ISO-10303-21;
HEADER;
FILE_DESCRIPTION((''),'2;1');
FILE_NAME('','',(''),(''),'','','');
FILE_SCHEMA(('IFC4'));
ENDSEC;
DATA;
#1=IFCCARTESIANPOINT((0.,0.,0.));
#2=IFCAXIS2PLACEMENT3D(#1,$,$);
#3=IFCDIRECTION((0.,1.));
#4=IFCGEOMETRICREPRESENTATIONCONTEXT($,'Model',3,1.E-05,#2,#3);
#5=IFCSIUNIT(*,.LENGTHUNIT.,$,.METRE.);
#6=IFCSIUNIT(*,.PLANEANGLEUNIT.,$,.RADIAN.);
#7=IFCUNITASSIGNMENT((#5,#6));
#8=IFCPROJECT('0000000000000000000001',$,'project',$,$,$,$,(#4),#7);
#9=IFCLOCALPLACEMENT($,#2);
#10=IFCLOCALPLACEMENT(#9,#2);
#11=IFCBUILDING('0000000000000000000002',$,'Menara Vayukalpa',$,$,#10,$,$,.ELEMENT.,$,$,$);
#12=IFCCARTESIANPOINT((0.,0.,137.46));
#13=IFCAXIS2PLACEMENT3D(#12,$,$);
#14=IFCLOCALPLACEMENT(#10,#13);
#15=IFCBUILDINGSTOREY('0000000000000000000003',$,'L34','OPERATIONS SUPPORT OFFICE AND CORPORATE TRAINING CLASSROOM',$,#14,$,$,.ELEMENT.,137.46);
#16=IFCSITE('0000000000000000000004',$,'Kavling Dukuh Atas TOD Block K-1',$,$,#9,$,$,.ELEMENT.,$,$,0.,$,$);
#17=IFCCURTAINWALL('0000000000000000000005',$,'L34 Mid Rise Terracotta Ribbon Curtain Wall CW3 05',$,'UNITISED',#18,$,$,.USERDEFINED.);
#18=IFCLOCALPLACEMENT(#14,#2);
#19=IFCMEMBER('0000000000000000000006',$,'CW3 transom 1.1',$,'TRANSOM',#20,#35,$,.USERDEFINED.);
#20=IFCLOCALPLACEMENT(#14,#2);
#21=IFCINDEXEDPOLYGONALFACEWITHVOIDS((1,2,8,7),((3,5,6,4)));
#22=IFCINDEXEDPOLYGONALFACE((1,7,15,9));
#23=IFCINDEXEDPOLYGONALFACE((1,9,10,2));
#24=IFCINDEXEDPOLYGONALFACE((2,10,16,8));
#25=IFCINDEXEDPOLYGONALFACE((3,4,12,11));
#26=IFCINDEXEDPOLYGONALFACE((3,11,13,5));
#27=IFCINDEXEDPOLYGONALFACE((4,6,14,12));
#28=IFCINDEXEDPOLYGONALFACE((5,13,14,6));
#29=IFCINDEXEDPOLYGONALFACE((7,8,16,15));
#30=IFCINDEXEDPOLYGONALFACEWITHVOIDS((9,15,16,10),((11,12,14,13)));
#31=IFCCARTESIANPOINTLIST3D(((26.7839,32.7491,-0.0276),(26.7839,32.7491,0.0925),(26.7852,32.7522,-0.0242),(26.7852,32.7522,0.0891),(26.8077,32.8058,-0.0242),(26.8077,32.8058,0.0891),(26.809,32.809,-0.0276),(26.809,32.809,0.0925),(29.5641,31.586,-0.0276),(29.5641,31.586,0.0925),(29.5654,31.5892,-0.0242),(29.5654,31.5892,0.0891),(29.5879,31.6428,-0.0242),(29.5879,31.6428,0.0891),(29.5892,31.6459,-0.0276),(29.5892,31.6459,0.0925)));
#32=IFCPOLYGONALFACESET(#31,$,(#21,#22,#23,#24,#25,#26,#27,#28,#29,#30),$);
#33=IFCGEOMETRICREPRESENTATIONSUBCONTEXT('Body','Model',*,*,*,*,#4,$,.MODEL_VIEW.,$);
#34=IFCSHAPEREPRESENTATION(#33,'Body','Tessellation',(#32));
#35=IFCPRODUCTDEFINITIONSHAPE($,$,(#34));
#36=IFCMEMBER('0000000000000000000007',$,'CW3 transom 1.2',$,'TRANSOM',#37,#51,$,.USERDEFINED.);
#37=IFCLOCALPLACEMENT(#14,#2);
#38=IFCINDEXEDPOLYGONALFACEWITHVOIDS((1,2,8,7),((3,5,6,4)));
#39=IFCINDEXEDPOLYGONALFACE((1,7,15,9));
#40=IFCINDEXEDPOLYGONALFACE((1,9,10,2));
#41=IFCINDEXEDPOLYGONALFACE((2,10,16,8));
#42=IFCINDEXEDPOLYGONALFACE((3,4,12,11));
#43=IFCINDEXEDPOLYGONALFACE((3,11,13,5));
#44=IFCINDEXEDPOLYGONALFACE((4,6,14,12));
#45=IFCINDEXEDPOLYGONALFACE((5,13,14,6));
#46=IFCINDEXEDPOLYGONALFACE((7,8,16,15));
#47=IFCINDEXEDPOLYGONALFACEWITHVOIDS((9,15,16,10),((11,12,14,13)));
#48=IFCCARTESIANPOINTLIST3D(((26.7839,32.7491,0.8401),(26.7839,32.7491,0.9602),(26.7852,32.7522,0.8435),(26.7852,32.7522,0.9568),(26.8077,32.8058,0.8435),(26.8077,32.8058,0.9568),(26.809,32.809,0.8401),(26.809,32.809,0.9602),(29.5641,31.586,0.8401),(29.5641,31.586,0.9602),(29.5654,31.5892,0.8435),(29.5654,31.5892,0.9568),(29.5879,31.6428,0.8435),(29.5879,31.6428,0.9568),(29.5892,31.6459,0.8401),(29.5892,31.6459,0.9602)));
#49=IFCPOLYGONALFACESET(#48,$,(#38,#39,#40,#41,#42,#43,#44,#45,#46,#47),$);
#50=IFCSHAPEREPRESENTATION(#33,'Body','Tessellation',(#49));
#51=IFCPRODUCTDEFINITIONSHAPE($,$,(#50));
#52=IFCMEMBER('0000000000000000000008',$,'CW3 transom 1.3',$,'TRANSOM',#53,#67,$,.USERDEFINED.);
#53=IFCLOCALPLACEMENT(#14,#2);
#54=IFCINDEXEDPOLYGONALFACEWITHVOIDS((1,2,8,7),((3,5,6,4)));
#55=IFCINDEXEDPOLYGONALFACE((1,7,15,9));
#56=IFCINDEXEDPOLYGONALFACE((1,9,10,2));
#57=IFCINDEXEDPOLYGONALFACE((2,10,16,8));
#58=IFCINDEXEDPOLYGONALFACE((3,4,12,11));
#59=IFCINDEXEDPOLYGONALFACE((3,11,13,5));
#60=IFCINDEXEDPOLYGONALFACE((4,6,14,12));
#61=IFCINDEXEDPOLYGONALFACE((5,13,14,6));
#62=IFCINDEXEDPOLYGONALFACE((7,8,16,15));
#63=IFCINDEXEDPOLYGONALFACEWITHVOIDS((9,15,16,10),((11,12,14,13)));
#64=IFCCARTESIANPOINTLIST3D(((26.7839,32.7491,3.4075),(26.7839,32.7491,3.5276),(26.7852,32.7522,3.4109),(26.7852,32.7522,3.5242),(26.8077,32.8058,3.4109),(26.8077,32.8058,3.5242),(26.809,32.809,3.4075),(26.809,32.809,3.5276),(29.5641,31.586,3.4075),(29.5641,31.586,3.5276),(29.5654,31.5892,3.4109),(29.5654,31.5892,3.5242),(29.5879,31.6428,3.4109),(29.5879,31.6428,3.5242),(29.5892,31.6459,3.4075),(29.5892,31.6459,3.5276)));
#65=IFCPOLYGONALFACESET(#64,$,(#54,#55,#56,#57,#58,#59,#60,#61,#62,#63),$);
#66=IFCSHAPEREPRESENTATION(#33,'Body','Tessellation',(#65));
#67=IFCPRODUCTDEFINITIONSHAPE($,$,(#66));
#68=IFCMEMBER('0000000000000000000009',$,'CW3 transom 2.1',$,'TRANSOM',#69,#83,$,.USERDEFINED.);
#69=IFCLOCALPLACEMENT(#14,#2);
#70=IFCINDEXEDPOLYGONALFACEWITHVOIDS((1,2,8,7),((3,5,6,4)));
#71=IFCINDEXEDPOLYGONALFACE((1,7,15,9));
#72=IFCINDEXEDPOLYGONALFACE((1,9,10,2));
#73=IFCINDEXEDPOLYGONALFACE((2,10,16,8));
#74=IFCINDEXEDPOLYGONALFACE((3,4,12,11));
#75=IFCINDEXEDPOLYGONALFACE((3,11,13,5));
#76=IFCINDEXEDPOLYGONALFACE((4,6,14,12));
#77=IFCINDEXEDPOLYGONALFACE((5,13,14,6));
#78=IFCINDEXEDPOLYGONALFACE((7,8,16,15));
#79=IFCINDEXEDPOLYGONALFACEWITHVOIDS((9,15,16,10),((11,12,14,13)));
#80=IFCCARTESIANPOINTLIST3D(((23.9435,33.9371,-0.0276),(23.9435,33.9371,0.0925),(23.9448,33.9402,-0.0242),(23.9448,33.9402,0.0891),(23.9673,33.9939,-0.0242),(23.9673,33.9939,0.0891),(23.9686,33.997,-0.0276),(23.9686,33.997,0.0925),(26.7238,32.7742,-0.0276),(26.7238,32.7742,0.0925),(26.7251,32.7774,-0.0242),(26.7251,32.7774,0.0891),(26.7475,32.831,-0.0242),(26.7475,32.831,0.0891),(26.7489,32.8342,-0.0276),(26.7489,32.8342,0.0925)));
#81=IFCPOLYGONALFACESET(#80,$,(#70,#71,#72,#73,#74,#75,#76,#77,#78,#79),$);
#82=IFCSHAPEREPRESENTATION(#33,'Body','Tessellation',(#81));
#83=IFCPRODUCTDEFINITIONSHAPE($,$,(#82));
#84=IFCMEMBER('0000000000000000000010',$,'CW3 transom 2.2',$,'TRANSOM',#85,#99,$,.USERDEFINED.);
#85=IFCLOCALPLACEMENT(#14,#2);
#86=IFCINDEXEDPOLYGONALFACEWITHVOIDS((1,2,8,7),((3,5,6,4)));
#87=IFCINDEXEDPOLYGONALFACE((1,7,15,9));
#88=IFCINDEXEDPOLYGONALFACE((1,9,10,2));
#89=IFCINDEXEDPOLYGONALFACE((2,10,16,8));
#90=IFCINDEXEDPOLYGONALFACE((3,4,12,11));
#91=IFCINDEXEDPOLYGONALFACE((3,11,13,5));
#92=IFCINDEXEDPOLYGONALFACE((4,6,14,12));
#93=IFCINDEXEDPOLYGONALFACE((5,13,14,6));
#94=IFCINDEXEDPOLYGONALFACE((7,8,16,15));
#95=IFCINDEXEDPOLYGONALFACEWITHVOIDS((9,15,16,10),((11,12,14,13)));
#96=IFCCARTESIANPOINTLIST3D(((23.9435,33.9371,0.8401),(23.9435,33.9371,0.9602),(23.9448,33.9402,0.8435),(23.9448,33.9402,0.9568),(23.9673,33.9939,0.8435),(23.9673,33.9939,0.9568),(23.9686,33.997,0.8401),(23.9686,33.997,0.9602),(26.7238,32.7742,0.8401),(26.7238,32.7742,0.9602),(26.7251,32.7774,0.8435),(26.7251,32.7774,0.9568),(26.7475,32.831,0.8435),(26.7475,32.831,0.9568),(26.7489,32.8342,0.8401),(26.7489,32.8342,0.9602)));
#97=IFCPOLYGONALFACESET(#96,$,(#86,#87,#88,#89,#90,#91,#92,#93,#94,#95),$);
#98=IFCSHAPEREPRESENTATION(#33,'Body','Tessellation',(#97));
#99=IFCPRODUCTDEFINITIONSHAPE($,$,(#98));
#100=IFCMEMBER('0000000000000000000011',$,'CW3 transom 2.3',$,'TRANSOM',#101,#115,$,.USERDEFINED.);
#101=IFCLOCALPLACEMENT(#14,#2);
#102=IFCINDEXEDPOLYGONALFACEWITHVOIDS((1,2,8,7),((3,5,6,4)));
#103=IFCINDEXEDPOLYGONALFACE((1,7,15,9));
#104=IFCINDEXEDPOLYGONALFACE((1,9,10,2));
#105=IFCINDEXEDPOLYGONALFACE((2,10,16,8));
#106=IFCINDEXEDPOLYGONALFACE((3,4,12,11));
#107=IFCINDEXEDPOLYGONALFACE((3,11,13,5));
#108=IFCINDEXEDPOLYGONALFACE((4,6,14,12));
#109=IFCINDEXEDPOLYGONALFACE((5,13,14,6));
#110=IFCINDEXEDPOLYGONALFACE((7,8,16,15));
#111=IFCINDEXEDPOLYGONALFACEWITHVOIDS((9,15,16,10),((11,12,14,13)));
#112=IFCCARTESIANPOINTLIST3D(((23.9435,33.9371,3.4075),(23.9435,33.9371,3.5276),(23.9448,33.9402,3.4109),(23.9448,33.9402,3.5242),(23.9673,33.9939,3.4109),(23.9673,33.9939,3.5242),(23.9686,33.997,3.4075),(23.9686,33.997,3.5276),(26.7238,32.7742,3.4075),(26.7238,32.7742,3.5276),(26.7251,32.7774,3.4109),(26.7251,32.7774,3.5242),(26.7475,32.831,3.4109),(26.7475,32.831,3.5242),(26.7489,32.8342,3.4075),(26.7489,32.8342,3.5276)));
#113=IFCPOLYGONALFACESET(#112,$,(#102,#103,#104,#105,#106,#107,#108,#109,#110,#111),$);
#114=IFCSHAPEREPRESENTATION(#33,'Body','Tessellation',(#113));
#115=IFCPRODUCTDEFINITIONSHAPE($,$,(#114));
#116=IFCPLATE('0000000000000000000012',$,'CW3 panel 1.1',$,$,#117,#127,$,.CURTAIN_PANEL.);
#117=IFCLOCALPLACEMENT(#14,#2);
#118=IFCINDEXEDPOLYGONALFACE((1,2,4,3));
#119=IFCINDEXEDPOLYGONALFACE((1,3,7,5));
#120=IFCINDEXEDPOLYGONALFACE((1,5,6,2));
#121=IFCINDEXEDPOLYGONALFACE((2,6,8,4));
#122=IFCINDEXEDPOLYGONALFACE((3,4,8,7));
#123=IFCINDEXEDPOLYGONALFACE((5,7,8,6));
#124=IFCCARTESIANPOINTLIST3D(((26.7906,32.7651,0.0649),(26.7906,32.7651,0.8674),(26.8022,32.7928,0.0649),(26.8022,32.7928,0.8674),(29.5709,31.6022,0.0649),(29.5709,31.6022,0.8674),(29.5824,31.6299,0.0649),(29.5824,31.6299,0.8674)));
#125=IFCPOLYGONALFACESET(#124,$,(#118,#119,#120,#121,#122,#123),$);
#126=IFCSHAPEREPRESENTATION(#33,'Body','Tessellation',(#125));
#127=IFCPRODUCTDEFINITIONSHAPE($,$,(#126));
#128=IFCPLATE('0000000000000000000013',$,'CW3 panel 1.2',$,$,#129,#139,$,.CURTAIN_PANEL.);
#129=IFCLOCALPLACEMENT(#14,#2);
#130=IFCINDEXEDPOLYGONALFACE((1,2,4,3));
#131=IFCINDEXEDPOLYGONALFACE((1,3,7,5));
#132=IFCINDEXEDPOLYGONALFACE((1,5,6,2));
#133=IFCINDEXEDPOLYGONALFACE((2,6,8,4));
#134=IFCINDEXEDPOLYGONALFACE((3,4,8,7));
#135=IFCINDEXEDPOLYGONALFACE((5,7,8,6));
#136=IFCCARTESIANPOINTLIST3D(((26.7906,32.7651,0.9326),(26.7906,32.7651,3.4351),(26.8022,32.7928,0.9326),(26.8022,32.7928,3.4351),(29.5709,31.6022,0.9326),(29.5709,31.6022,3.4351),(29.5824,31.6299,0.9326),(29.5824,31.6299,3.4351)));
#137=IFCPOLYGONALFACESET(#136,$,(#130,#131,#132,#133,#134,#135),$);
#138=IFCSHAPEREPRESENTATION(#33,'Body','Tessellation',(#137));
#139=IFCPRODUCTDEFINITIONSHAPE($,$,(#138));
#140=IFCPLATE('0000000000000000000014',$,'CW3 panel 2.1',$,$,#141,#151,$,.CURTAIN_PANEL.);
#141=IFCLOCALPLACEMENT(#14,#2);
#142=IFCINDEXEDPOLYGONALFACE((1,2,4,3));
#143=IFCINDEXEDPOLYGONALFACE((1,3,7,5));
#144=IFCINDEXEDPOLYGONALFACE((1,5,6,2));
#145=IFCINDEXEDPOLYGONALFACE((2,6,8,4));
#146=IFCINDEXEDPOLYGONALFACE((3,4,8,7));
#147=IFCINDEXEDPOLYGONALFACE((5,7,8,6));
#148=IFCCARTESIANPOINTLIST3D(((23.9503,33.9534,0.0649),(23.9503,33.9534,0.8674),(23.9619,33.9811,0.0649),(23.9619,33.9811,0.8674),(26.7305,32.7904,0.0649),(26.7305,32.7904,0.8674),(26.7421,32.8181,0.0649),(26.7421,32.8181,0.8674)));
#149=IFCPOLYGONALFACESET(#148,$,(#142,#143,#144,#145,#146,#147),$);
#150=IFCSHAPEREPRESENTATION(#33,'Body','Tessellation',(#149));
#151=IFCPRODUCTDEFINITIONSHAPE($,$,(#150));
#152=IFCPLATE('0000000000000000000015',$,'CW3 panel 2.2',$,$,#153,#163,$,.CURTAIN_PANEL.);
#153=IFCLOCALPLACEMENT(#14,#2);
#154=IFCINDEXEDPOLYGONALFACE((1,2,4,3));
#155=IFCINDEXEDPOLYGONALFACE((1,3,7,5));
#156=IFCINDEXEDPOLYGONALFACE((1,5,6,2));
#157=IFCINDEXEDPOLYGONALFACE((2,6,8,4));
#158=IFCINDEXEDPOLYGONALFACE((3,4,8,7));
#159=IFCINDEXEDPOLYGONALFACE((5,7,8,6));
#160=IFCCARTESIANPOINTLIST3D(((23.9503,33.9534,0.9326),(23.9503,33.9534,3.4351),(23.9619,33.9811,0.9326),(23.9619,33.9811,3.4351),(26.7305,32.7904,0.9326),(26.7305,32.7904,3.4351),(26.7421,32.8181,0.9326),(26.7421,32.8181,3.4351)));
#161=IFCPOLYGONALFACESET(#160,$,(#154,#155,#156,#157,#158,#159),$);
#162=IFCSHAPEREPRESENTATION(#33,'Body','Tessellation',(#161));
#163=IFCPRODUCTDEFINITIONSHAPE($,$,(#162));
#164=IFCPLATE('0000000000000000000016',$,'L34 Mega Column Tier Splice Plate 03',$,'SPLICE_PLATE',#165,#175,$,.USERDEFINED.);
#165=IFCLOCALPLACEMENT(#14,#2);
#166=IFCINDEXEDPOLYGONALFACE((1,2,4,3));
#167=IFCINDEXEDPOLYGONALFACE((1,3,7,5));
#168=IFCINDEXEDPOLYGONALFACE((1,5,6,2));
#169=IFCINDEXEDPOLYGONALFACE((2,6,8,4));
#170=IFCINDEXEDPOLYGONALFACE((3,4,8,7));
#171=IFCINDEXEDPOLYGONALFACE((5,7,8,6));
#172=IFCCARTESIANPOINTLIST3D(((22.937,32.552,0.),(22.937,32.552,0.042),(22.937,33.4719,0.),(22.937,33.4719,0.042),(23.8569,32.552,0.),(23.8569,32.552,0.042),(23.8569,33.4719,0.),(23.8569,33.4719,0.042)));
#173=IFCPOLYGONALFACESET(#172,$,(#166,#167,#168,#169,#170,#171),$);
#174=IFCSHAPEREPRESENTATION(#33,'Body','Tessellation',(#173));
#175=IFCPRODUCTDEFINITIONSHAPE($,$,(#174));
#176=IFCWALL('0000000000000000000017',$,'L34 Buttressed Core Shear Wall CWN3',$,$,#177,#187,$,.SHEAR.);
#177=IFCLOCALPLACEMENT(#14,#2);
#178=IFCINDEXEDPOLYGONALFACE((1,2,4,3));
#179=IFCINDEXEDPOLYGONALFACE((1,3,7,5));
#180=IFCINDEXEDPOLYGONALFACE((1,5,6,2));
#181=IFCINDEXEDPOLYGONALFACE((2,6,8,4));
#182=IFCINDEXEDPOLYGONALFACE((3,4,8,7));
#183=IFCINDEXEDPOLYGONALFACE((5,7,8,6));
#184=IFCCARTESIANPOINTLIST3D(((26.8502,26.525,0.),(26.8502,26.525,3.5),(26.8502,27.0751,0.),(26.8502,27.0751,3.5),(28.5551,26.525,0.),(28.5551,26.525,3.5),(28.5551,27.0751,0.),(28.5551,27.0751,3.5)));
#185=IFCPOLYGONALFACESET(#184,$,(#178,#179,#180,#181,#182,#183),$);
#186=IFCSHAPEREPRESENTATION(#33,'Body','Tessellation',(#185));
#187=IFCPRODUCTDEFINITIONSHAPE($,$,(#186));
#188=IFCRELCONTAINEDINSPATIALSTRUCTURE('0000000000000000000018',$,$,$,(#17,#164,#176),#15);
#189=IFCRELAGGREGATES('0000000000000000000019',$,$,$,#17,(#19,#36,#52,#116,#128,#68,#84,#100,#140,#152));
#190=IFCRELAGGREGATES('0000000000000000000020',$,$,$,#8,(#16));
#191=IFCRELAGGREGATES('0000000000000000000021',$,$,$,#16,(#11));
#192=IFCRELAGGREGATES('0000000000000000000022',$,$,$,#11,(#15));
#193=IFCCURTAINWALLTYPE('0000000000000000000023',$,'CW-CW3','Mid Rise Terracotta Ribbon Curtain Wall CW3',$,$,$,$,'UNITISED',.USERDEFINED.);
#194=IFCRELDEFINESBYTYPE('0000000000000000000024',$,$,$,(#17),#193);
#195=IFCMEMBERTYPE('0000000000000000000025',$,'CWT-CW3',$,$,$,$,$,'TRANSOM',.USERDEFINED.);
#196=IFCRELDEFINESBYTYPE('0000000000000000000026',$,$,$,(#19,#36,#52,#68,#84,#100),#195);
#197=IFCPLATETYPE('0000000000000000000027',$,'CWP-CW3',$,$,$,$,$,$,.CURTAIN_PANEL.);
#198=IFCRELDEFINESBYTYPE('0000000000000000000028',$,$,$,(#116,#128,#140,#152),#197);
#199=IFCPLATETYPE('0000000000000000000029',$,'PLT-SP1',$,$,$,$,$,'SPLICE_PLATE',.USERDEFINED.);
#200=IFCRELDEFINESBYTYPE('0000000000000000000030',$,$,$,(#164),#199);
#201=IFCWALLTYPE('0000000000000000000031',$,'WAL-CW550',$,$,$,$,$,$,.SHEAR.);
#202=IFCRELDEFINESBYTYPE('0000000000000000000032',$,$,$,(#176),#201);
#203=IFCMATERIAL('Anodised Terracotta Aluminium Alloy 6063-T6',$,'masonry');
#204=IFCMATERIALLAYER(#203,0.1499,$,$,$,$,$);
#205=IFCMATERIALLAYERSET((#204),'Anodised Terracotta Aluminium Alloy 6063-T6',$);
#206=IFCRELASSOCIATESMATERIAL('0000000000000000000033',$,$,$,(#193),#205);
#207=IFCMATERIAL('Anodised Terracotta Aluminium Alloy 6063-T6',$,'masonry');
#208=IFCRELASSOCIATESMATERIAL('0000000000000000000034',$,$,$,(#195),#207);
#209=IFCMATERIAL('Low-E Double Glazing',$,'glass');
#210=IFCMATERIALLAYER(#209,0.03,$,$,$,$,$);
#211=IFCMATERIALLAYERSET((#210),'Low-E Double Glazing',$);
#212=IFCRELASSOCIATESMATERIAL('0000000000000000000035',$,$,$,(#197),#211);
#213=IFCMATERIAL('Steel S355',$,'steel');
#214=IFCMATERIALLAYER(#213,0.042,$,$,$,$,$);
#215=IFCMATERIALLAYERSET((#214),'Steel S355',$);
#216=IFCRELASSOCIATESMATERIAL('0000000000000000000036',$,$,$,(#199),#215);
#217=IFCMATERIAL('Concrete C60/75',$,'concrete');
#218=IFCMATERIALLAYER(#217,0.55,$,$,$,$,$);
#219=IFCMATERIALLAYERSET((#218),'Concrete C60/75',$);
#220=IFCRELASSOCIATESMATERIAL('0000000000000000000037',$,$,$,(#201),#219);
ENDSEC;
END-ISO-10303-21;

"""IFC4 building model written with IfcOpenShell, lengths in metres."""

from ifc_helpers import new_model, si_unit, direction, frame, frame_2d, origin, origin_2d, place, context, subcontext, project, spatial, rectangle, hollow_rectangle, extrude, material, layer, layer_set, material_profile, profile_set, type_object, element, aggregate, save


model = new_model("IFC4")

# Units and contexts
model_context = context("Model", 3, precision=1e-05, world=origin(), true_north=direction((0.0, 1.0)))
body_context = subcontext(model_context, "Body", "Model", "MODEL_VIEW")
ifc_project = project(units=[si_unit("LENGTHUNIT", "METRE"), si_unit("PLANEANGLEUNIT", "RADIAN")], contexts=[model_context])

# Site, building, storey
site_placement = place(None, origin())
site = spatial("IfcSite", under=ifc_project, at=site_placement, Name="Kavling Dukuh Atas TOD Block K-1", CompositionType="ELEMENT", RefElevation=0.0)
building_placement = place(site_placement, origin())
building = spatial("IfcBuilding", under=site, at=building_placement, Name="Menara Vayukalpa", CompositionType="ELEMENT")
storey_placement = place(building_placement, frame((0.0, 0.0, 137.46)))
storey = spatial("IfcBuildingStorey", under=building, at=storey_placement, Name="L34", Description="OPERATIONS SUPPORT OFFICE AND CORPORATE TRAINING CLASSROOM", CompositionType="ELEMENT", Elevation=137.46)

# Shared definitions
ifc_material_1 = material(Name="Anodised Terracotta Aluminium Alloy 6063-T6", Category="masonry")
ifc_layer_1 = layer(ifc_material_1, 0.1499)
ifc_layer_set_1 = layer_set([ifc_layer_1], Name="Anodised Terracotta Aluminium Alloy 6063-T6")
curtain_wall_type = type_object("IfcCurtainWallType", Name="CW-CW3", Description="Mid Rise Terracotta Ribbon Curtain Wall CW3", ElementType="UNITISED", PredefinedType="USERDEFINED", material=ifc_layer_set_1)

# Curtain wall, members, plates
curtain_wall_1_placement = place(storey_placement, origin())
curtain_wall_1 = element("IfcCurtainWall", 1, at=curtain_wall_1_placement, inside=storey, type_object=curtain_wall_type, Name="L34 Mid Rise Terracotta Ribbon Curtain Wall CW3 05", ObjectType="UNITISED", PredefinedType="USERDEFINED")
ifc_material_2 = material(Name="Anodised Terracotta Aluminium Alloy 6063-T6", Category="masonry")
ifc_material_profile_1 = material_profile(ifc_material_2, hollow_rectangle(XDim=0.0649, YDim=0.1201, WallThickness=0.0034, at=origin_2d()), Name="ALU 65x120x3.5")
ifc_profile_set_1 = profile_set([ifc_material_profile_1], Name="Anodised Terracotta Aluminium Alloy 6063-T6")
member_type_1 = type_object("IfcMemberType", Name="CWT-CW3", ElementType="TRANSOM", PredefinedType="USERDEFINED", material=ifc_profile_set_1)
member_1_placement = place(storey_placement, frame((29.5767, 31.616, 0.0325), z_axis=(-0.92253, 0.385926, 0.0), x_axis=(-0.385926, -0.92253, 0.0)))
member_1 = element("IfcMember", 2, at=member_1_placement, type_object=member_type_1, Name="CW3 transom 1.1", ObjectType="TRANSOM", PredefinedType="USERDEFINED", context=body_context, shape_type="SweptSolid", body=[
    extrude(hollow_rectangle(XDim=0.0649, YDim=0.1201, WallThickness=0.0034, at=origin_2d()), origin(), (0.0, 0.0, 1.0), 3.0137),
])
member_2_placement = place(storey_placement, frame((29.5767, 31.616, 0.9001), z_axis=(-0.92253, 0.385926, 0.0), x_axis=(-0.385926, -0.92253, 0.0)))
member_2 = element("IfcMember", 3, at=member_2_placement, type_object=member_type_1, Name="CW3 transom 1.2", ObjectType="TRANSOM", PredefinedType="USERDEFINED", context=body_context, shape_type="SweptSolid", body=[
    extrude(hollow_rectangle(XDim=0.0649, YDim=0.1201, WallThickness=0.0034, at=origin_2d()), origin(), (0.0, 0.0, 1.0), 3.0137),
])
member_3_placement = place(storey_placement, frame((29.5767, 31.616, 3.4675), z_axis=(-0.92253, 0.385926, 0.0), x_axis=(-0.385926, -0.92253, 0.0)))
member_3 = element("IfcMember", 4, at=member_3_placement, type_object=member_type_1, Name="CW3 transom 1.3", ObjectType="TRANSOM", PredefinedType="USERDEFINED", context=body_context, shape_type="SweptSolid", body=[
    extrude(hollow_rectangle(XDim=0.0649, YDim=0.1201, WallThickness=0.0034, at=origin_2d()), origin(), (0.0, 0.0, 1.0), 3.0137),
])
member_4_placement = place(storey_placement, frame((26.7363, 32.8042, 0.0325), z_axis=(-0.922558, 0.385858, 0.0), x_axis=(-0.385858, -0.922558, 0.0)))
member_4 = element("IfcMember", 5, at=member_4_placement, type_object=member_type_1, Name="CW3 transom 2.1", ObjectType="TRANSOM", PredefinedType="USERDEFINED", context=body_context, shape_type="SweptSolid", body=[
    extrude(hollow_rectangle(XDim=0.0649, YDim=0.1201, WallThickness=0.0034, at=origin_2d()), origin(), (0.0, 0.0, 1.0), 3.0137),
])
member_5_placement = place(storey_placement, frame((26.7363, 32.8042, 0.9001), z_axis=(-0.922558, 0.385858, 0.0), x_axis=(-0.385858, -0.922558, 0.0)))
member_5 = element("IfcMember", 6, at=member_5_placement, type_object=member_type_1, Name="CW3 transom 2.2", ObjectType="TRANSOM", PredefinedType="USERDEFINED", context=body_context, shape_type="SweptSolid", body=[
    extrude(hollow_rectangle(XDim=0.0649, YDim=0.1201, WallThickness=0.0034, at=origin_2d()), origin(), (0.0, 0.0, 1.0), 3.0137),
])
member_6_placement = place(storey_placement, frame((26.7363, 32.8042, 3.4675), z_axis=(-0.922558, 0.385858, 0.0), x_axis=(-0.385858, -0.922558, 0.0)))
member_6 = element("IfcMember", 7, at=member_6_placement, type_object=member_type_1, Name="CW3 transom 2.3", ObjectType="TRANSOM", PredefinedType="USERDEFINED", context=body_context, shape_type="SweptSolid", body=[
    extrude(hollow_rectangle(XDim=0.0649, YDim=0.1201, WallThickness=0.0034, at=origin_2d()), origin(), (0.0, 0.0, 1.0), 3.0137),
])
ifc_material_3 = material(Name="Low-E Double Glazing", Category="glass")
ifc_layer_2 = layer(ifc_material_3, 0.03)
ifc_layer_set_2 = layer_set([ifc_layer_2], Name="Low-E Double Glazing")
plate_type_1 = type_object("IfcPlateType", Name="CWP-CW3", PredefinedType="CURTAIN_PANEL", material=ifc_layer_set_2)
plate_1_placement = place(storey_placement, frame((28.1865, 32.1975, 0.0649), z_axis=(0.0, 0.0, 1.0), x_axis=(-0.922546, 0.385886, 0.0)))
plate_1 = element("IfcPlate", 8, at=plate_1_placement, type_object=plate_type_1, Name="CW3 panel 1.1", PredefinedType="CURTAIN_PANEL", context=body_context, shape_type="SweptSolid", body=[
    extrude(rectangle(XDim=3.0137, YDim=0.03, at=origin_2d()), origin(), (0.0, 0.0, 1.0), 0.8025),
])
plate_2_placement = place(storey_placement, frame((28.1865, 32.1975, 0.9326), z_axis=(0.0, 0.0, 1.0), x_axis=(-0.922546, 0.385886, 0.0)))
plate_2 = element("IfcPlate", 9, at=plate_2_placement, type_object=plate_type_1, Name="CW3 panel 1.2", PredefinedType="CURTAIN_PANEL", context=body_context, shape_type="SweptSolid", body=[
    extrude(rectangle(XDim=3.0137, YDim=0.03, at=origin_2d()), origin(), (0.0, 0.0, 1.0), 2.5024),
])
plate_3_placement = place(storey_placement, frame((25.3462, 33.3857, 0.0649), z_axis=(0.0, 0.0, 1.0), x_axis=(-0.922546, 0.385886, 0.0)))
plate_3 = element("IfcPlate", 10, at=plate_3_placement, type_object=plate_type_1, Name="CW3 panel 2.1", PredefinedType="CURTAIN_PANEL", context=body_context, shape_type="SweptSolid", body=[
    extrude(rectangle(XDim=3.0137, YDim=0.03, at=origin_2d()), origin(), (0.0, 0.0, 1.0), 0.8025),
])
plate_4_placement = place(storey_placement, frame((25.3462, 33.3857, 0.9326), z_axis=(0.0, 0.0, 1.0), x_axis=(-0.922546, 0.385886, 0.0)))
plate_4 = element("IfcPlate", 11, at=plate_4_placement, type_object=plate_type_1, Name="CW3 panel 2.2", PredefinedType="CURTAIN_PANEL", context=body_context, shape_type="SweptSolid", body=[
    extrude(rectangle(XDim=3.0137, YDim=0.03, at=origin_2d()), origin(), (0.0, 0.0, 1.0), 2.5024),
])
aggregate(curtain_wall_1, [member_1, member_2, member_3, plate_1, plate_2, member_4, member_5, member_6, plate_3, plate_4])

# Plate
ifc_material_4 = material(Name="Steel S355", Category="steel")
ifc_layer_3 = layer(ifc_material_4, 0.042)
ifc_layer_set_3 = layer_set([ifc_layer_3], Name="Steel S355")
plate_type_2 = type_object("IfcPlateType", Name="PLT-SP1", ElementType="SPLICE_PLATE", PredefinedType="USERDEFINED", material=ifc_layer_set_3)
plate_5_placement = place(storey_placement, frame((23.397, 33.012, 0.0), z_axis=(0.0, 0.0, 1.0), x_axis=(1.0, 0.0, 0.0)))
element("IfcPlate", 12, at=plate_5_placement, inside=storey, type_object=plate_type_2, Name="L34 Mega Column Tier Splice Plate 03", ObjectType="SPLICE_PLATE", PredefinedType="USERDEFINED", context=body_context, shape_type="SweptSolid", body=[
    extrude(rectangle(XDim=0.9199, YDim=0.9199, at=origin_2d()), origin(), (0.0, 0.0, 1.0), 0.042),
])

# Wall
ifc_material_5 = material(Name="Concrete C60/75", Category="concrete")
ifc_layer_4 = layer(ifc_material_5, 0.55)
ifc_layer_set_4 = layer_set([ifc_layer_4], Name="Concrete C60/75")
wall_type_1 = type_object("IfcWallType", Name="WAL-CW550", PredefinedType="SHEAR", material=ifc_layer_set_4)
wall_1_placement = place(storey_placement, frame((26.8501, 26.8, 0.0), z_axis=(0.0, 0.0, 1.0), x_axis=(1.0, 0.0, 0.0)))
element("IfcWall", 13, at=wall_1_placement, inside=storey, type_object=wall_type_1, Name="L34 Buttressed Core Shear Wall CWN3", PredefinedType="SHEAR", context=body_context, shape_type="SweptSolid", body=[
    extrude(rectangle(XDim=1.7048, YDim=0.55, at=frame_2d((0.8525, 0.0))), origin(), (0.0, 0.0, 1.0), 3.5),
])

save(model, "model.ifc")
